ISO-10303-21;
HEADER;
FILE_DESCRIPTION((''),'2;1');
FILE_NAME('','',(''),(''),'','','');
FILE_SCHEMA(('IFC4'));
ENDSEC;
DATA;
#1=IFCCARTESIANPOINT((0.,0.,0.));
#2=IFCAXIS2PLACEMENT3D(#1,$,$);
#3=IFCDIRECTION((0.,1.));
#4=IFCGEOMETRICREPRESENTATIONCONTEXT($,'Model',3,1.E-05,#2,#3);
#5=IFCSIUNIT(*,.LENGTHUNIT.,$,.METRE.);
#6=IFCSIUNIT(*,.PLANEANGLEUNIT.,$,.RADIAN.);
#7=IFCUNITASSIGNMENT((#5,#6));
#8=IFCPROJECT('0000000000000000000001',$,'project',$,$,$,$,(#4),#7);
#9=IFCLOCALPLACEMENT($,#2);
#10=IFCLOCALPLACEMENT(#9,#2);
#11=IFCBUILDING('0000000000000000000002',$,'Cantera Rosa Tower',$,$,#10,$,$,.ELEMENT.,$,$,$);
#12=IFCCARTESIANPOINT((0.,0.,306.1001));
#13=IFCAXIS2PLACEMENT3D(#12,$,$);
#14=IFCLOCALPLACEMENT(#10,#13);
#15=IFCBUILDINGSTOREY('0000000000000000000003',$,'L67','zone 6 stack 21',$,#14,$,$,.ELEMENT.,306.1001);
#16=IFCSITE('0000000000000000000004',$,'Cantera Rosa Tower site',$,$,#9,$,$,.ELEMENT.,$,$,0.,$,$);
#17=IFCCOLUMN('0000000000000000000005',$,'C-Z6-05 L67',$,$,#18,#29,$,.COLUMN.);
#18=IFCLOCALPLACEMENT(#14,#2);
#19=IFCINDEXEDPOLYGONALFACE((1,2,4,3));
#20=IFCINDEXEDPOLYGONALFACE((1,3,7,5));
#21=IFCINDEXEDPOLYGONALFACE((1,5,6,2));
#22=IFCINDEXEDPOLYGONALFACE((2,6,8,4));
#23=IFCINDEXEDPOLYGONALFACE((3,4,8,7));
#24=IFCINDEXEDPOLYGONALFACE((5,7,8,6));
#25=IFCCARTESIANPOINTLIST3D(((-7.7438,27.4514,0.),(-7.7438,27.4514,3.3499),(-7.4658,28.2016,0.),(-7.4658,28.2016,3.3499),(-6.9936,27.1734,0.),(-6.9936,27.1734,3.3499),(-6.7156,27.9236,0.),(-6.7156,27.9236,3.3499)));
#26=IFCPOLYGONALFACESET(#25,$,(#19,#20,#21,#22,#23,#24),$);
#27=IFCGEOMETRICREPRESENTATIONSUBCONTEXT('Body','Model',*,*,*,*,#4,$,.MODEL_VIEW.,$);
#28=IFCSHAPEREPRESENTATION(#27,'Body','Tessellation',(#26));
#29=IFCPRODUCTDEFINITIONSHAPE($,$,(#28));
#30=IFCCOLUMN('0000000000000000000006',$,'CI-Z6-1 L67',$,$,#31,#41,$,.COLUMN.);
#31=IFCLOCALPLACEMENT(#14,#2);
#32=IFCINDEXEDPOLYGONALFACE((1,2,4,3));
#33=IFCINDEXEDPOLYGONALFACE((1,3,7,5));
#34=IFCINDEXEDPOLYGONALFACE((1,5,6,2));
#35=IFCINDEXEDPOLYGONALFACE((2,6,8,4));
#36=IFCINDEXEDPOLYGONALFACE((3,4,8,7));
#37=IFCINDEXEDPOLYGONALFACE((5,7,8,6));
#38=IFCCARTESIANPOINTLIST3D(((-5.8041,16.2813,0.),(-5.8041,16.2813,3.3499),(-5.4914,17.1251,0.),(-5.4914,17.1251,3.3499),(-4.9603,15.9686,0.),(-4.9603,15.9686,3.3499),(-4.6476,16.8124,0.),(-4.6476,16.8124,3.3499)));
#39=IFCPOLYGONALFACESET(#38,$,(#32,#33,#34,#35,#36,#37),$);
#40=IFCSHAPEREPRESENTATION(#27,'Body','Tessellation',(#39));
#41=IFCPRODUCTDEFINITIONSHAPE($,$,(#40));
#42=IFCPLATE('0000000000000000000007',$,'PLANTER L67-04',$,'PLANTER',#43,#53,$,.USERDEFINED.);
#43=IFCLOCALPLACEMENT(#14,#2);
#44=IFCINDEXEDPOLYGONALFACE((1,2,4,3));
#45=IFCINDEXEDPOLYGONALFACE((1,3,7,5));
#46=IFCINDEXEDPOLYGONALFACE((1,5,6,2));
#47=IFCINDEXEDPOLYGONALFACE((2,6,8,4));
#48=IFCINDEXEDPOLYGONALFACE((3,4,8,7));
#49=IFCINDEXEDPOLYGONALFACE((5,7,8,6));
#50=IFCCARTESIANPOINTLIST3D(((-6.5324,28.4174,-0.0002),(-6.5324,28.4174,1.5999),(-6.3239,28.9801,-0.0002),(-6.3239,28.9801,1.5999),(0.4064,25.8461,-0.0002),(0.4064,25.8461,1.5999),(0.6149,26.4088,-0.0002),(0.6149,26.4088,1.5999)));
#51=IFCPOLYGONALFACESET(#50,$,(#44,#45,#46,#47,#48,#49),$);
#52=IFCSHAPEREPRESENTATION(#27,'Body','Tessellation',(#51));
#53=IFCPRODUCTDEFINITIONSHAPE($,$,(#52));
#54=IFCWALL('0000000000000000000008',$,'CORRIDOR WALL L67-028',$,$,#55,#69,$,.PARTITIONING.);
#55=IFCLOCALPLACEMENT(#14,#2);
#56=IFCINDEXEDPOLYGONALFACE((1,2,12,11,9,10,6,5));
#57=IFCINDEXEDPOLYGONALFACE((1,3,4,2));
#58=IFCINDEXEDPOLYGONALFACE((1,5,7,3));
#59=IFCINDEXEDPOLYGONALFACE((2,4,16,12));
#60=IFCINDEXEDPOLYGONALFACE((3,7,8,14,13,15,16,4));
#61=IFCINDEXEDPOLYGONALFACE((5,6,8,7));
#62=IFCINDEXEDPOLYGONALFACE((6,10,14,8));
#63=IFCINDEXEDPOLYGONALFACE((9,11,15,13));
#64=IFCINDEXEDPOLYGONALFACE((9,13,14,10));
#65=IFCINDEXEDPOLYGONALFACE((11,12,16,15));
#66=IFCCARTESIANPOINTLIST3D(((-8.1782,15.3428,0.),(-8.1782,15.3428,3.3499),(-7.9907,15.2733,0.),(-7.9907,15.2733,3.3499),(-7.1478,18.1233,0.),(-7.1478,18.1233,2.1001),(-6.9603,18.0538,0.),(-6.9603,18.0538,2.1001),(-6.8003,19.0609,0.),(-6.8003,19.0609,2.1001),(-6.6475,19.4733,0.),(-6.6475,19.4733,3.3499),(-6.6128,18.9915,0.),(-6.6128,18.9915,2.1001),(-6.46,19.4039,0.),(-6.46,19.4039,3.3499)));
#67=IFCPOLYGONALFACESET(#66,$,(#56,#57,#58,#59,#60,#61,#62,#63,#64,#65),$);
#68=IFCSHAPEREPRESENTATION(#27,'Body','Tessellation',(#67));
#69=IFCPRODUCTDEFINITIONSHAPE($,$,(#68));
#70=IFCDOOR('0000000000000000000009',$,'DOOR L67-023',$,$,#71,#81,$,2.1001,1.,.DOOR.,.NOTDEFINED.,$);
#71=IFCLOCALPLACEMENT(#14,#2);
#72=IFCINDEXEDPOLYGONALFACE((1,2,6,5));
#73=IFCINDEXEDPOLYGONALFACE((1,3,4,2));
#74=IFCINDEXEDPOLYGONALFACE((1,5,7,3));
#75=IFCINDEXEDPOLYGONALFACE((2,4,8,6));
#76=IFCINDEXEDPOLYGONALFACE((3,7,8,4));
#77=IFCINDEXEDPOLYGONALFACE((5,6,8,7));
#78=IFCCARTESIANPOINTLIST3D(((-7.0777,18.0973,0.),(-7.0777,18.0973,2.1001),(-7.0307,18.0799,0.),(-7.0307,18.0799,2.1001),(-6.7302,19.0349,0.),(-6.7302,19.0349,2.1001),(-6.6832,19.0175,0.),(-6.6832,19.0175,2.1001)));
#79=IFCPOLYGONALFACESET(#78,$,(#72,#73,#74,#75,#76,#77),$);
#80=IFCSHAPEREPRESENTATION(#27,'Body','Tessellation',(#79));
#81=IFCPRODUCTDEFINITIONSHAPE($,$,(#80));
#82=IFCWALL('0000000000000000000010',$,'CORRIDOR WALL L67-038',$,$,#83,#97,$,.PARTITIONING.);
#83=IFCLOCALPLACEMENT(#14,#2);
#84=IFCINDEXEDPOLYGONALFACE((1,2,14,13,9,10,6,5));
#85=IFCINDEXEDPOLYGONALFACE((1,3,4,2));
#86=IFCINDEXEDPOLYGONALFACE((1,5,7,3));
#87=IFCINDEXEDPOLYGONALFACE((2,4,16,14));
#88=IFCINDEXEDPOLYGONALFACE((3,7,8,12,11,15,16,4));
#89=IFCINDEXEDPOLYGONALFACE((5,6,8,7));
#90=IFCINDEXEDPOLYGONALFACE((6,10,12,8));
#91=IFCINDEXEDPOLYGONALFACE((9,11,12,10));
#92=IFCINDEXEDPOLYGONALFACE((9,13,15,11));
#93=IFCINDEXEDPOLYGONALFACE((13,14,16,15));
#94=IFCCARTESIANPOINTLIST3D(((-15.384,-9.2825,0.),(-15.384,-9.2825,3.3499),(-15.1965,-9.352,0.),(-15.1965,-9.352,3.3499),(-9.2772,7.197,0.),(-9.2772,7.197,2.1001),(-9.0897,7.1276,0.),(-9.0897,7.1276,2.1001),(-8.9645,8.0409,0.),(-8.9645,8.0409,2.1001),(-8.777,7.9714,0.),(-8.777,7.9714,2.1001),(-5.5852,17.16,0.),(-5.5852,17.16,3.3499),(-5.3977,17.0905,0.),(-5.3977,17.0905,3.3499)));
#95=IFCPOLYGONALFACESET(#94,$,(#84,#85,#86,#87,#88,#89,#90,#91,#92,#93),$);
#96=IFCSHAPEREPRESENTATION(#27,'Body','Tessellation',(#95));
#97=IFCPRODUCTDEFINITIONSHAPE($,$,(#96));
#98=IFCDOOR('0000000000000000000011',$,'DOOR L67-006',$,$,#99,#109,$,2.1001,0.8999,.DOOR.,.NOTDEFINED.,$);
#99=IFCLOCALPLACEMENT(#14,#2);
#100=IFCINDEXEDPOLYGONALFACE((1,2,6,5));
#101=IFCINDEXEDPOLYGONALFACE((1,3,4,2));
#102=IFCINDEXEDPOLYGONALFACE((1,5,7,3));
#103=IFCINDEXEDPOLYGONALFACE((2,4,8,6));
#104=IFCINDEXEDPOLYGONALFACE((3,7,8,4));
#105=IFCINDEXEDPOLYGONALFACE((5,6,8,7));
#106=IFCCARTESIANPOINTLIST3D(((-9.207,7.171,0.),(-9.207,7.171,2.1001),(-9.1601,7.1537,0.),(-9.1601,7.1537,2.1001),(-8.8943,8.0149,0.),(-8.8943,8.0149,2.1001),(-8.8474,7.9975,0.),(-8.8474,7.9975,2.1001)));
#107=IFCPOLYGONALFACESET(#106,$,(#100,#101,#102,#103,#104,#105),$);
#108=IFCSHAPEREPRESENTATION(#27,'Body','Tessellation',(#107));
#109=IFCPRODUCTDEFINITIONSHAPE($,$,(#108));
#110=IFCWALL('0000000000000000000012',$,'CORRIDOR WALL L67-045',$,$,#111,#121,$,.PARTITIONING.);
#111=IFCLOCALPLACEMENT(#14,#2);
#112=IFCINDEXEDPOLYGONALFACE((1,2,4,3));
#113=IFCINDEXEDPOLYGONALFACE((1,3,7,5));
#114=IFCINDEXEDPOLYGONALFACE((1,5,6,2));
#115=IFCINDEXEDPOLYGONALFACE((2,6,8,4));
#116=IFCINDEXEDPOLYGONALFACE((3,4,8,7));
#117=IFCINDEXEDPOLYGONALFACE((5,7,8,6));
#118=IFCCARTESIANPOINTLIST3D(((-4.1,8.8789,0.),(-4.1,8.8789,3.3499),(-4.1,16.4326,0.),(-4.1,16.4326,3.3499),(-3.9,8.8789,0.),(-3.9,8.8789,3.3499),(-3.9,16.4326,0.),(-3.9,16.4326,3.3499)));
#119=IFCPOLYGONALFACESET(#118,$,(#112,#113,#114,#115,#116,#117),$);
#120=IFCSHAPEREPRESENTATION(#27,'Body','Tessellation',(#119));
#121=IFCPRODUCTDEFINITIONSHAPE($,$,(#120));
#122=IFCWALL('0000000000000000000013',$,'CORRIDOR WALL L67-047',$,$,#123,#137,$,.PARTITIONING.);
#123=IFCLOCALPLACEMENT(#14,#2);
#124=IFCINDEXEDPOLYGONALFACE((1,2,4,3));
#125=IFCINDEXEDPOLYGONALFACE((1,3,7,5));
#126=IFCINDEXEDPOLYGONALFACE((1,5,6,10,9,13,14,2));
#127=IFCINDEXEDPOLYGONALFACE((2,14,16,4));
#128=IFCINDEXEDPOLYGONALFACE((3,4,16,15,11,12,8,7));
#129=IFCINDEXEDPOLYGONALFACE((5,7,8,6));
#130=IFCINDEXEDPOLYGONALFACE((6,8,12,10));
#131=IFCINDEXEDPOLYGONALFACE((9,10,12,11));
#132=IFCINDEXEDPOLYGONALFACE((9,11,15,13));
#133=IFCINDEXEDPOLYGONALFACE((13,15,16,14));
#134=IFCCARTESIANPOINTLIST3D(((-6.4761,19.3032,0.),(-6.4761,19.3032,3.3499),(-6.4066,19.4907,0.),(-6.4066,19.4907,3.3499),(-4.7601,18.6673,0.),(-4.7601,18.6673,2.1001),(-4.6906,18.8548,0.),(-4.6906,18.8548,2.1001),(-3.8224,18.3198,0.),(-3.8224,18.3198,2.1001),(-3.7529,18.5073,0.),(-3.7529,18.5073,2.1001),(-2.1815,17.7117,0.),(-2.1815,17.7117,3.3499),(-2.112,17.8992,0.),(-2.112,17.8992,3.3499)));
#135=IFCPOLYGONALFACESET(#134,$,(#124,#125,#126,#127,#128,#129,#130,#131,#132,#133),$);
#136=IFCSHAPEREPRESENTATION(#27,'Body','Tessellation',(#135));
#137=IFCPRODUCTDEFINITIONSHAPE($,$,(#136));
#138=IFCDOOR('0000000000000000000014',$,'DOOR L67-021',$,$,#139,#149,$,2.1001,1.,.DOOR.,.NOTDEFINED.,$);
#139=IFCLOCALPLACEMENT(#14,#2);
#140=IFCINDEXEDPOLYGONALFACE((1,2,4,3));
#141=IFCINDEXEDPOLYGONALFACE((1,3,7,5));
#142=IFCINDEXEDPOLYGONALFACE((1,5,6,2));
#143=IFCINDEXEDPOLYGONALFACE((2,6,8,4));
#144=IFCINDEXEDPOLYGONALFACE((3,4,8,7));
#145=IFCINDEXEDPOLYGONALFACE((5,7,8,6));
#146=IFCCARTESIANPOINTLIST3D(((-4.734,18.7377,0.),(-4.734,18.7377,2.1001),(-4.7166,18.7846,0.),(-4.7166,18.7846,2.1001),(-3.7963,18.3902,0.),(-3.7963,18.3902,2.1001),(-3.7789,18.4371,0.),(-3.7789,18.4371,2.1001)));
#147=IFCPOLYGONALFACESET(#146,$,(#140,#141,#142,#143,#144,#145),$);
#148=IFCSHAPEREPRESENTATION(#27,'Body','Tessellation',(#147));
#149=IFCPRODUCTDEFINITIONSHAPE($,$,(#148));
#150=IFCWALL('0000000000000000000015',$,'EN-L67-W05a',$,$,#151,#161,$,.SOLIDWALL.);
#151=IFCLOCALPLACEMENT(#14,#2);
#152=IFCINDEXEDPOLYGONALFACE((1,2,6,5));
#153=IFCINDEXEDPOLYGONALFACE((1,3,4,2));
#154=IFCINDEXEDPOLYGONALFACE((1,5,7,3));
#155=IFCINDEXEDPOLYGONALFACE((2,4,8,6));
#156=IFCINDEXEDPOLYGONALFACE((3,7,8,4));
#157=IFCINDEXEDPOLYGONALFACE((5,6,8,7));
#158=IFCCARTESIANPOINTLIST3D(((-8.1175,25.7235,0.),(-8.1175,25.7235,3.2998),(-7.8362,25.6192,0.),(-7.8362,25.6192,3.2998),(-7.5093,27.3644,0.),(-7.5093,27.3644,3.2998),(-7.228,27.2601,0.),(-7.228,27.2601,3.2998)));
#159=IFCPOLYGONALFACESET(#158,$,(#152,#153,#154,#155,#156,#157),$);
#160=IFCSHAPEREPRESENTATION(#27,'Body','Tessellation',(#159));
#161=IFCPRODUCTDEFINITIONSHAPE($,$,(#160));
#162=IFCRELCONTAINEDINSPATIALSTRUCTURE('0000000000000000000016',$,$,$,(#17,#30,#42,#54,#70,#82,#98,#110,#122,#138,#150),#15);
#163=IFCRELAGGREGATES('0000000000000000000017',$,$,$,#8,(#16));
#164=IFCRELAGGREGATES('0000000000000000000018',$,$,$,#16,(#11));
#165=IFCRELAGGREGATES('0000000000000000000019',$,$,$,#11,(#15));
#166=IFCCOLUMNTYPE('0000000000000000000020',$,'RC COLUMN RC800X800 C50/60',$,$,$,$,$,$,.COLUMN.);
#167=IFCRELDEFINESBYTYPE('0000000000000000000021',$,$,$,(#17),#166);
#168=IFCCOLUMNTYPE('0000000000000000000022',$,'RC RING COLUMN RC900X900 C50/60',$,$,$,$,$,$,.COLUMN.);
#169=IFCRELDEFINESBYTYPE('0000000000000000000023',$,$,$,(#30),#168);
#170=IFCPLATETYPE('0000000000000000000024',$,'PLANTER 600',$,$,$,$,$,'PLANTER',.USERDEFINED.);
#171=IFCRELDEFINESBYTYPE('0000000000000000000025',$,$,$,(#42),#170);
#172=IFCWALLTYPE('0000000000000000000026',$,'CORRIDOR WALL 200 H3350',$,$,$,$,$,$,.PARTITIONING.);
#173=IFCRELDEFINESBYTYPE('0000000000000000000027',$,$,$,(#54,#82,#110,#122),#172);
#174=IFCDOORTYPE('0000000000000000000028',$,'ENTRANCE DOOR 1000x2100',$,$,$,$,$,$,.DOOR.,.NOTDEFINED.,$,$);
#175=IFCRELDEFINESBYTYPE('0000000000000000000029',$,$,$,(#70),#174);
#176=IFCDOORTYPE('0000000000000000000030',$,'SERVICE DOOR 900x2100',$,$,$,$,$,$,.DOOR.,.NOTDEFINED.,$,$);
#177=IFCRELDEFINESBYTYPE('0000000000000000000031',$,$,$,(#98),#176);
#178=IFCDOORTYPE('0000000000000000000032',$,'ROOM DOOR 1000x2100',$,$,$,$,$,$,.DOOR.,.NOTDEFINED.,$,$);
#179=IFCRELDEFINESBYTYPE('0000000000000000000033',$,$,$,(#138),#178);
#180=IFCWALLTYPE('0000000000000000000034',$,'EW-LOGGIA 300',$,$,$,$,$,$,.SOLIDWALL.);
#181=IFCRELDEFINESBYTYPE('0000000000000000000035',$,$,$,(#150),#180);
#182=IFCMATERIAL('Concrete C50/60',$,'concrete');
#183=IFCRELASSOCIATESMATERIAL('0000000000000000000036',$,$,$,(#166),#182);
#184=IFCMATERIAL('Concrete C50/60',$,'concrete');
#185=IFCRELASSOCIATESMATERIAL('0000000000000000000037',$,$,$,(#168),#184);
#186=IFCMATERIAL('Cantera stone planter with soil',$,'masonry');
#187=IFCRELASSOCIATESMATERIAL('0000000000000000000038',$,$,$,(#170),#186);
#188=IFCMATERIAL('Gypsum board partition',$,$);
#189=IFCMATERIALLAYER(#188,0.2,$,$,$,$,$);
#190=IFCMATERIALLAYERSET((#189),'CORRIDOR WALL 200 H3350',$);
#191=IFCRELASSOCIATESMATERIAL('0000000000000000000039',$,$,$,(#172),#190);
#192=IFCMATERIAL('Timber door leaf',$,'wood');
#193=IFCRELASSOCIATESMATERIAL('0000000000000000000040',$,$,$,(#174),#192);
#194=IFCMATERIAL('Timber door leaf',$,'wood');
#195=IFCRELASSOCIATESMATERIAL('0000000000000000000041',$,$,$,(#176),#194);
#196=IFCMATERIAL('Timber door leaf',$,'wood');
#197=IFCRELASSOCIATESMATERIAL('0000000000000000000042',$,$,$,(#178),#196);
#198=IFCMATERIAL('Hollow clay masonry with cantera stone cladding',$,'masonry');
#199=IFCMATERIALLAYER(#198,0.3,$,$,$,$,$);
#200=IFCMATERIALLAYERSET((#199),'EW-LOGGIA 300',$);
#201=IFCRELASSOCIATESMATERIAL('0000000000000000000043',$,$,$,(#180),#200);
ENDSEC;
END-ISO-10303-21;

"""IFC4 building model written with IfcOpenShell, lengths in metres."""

from ifc_helpers import new_model, si_unit, direction, frame, frame_2d, origin, origin_2d, place, context, subcontext, project, spatial, rectangle, extrude, material, layer, layer_set, material_profile, profile_set, type_object, element, fill, save


model = new_model("IFC4")

# Units and contexts
model_context = context("Model", 3, precision=1e-05, world=origin(), true_north=direction((0.0, 1.0)))
body_context = subcontext(model_context, "Body", "Model", "MODEL_VIEW")
ifc_project = project(units=[si_unit("LENGTHUNIT", "METRE"), si_unit("PLANEANGLEUNIT", "RADIAN")], contexts=[model_context])

# Site, building, storey
site_placement = place(None, origin())
site = spatial("IfcSite", under=ifc_project, at=site_placement, Name="Cantera Rosa Tower site", CompositionType="ELEMENT", RefElevation=0.0)
building_placement = place(site_placement, origin())
building = spatial("IfcBuilding", under=site, at=building_placement, Name="Cantera Rosa Tower", CompositionType="ELEMENT")
storey_placement = place(building_placement, frame((0.0, 0.0, 306.1001)))
storey = spatial("IfcBuildingStorey", under=building, at=storey_placement, Name="L67", Description="zone 6 stack 21", CompositionType="ELEMENT", Elevation=306.1001)

# Columns
ifc_material_1 = material(Name="Concrete C50/60", Category="concrete")
ifc_material_profile_1 = material_profile(ifc_material_1, rectangle(XDim=0.8, YDim=0.8, at=origin_2d()), Name="RC COLUMN RC800X800 C50/60")
ifc_profile_set_1 = profile_set([ifc_material_profile_1], Name="Concrete C50/60")
column_type_1 = type_object("IfcColumnType", Name="RC COLUMN RC800X800 C50/60", PredefinedType="COLUMN", material=ifc_profile_set_1)
column_1_placement = place(storey_placement, frame((-7.2297, 27.6875, 0.0), z_axis=(0.0, 0.0, 1.0), x_axis=(0.347481, 0.937687, 0.0)))
element("IfcColumn", 1, at=column_1_placement, inside=storey, type_object=column_type_1, Name="C-Z6-05 L67", PredefinedType="COLUMN", context=body_context, shape_type="SweptSolid", body=[
    extrude(rectangle(XDim=0.8, YDim=0.8, at=origin_2d()), origin(), (0.0, 0.0, 1.0), 3.3499),
])
ifc_material_2 = material(Name="Concrete C50/60", Category="concrete")
ifc_material_profile_2 = material_profile(ifc_material_2, rectangle(XDim=0.8999, YDim=0.8999, at=origin_2d()), Name="RC RING COLUMN RC900X900 C50/60")
ifc_profile_set_2 = profile_set([ifc_material_profile_2], Name="Concrete C50/60")
column_type_2 = type_object("IfcColumnType", Name="RC RING COLUMN RC900X900 C50/60", PredefinedType="COLUMN", material=ifc_profile_set_2)
column_2_placement = place(storey_placement, frame((-5.2258, 16.5469, 0.0), z_axis=(0.0, 0.0, 1.0), x_axis=(0.347481, 0.937687, 0.0)))
element("IfcColumn", 2, at=column_2_placement, inside=storey, type_object=column_type_2, Name="CI-Z6-1 L67", PredefinedType="COLUMN", context=body_context, shape_type="SweptSolid", body=[
    extrude(rectangle(XDim=0.8999, YDim=0.8999, at=origin_2d()), origin(), (0.0, 0.0, 1.0), 3.3499),
])

# Plate
ifc_material_3 = material(Name="Cantera stone planter with soil", Category="masonry")
plate_type = type_object("IfcPlateType", Name="PLANTER 600", ElementType="PLANTER", PredefinedType="USERDEFINED", material=ifc_material_3)
plate_placement = place(storey_placement, frame((-2.9587, 27.4131, -0.0002), z_axis=(0.0, 0.0, 1.0), x_axis=(-0.937687, 0.347481, 0.0)))
element("IfcPlate", 3, at=plate_placement, inside=storey, type_object=plate_type, Name="PLANTER L67-04", ObjectType="PLANTER", PredefinedType="USERDEFINED", context=body_context, shape_type="SweptSolid", body=[
    extrude(rectangle(XDim=7.3999, YDim=0.6001, at=origin_2d()), origin(), (0.0, 0.0, 1.0), 1.6001),
])

# Walls, openings, doors
ifc_material_4 = material(Name="Gypsum board partition")
ifc_layer_1 = layer(ifc_material_4, 0.2)
ifc_layer_set_1 = layer_set([ifc_layer_1], Name="CORRIDOR WALL 200 H3350")
wall_type_1 = type_object("IfcWallType", Name="CORRIDOR WALL 200 H3350", PredefinedType="PARTITIONING", material=ifc_layer_set_1)
wall_1_placement = place(storey_placement, frame((-6.5537, 19.4387, 0.0), z_axis=(0.0, 0.0, 1.0), x_axis=(-0.347495, -0.937682, 0.0)))
wall_1 = element("IfcWall", 4, at=wall_1_placement, inside=storey, type_object=wall_type_1, Name="CORRIDOR WALL L67-028", PredefinedType="PARTITIONING", context=body_context, shape_type="SweptSolid", body=[
    extrude(rectangle(XDim=4.405, YDim=0.2, at=frame_2d((2.2026, 0.0))), origin(), (0.0, 0.0, 1.0), 3.3499),
])
opening_1_placement = place(wall_1_placement, frame((0.4399, 0.0, 0.0)))
opening_1 = element("IfcOpeningElement", 5, at=opening_1_placement, cuts=wall_1, PredefinedType="OPENING", context=body_context, shape_type="SweptSolid", body=[
    extrude(rectangle(XDim=1.0, YDim=2.1001, at=frame_2d((0.5, 1.05))), frame((0.0, 0.1099, 0.0), z_axis=(0.0, -1.0, 0.0), x_axis=(1.0, 0.0, 0.0)), (0.0, 0.0, 1.0), 0.22),
])
ifc_material_5 = material(Name="Timber door leaf", Category="wood")
door_type_1 = type_object("IfcDoorType", Name="ENTRANCE DOOR 1000x2100", OperationType="NOTDEFINED", PredefinedType="DOOR", material=ifc_material_5)
door_1_placement = place(opening_1_placement, origin())
door_1 = element("IfcDoor", 6, at=door_1_placement, inside=storey, type_object=door_type_1, Name="DOOR L67-023", OperationType="NOTDEFINED", OverallHeight=2.1001, OverallWidth=1.0, PredefinedType="DOOR", context=body_context, shape_type="SweptSolid", body=[
    extrude(rectangle(XDim=1.0, YDim=2.1001, at=frame_2d((0.5, 1.05))), frame((0.0, 0.0249, 0.0), z_axis=(0.0, -1.0, 0.0), x_axis=(1.0, 0.0, 0.0)), (0.0, 0.0, 1.0), 0.05),
])
fill(opening_1, door_1)
wall_2_placement = place(storey_placement, frame((-5.4915, 17.1252, 0.0), z_axis=(0.0, 0.0, 1.0), x_axis=(-0.347478, -0.937688, 0.0)))
wall_2 = element("IfcWall", 7, at=wall_2_placement, inside=storey, type_object=wall_type_1, Name="CORRIDOR WALL L67-038", PredefinedType="PARTITIONING", context=body_context, shape_type="SweptSolid", body=[
    extrude(rectangle(XDim=28.1997, YDim=0.2, at=frame_2d((14.0999, 0.0))), origin(), (0.0, 0.0, 1.0), 3.3499),
])
opening_2_placement = place(wall_2_placement, frame((9.7251, 0.0, 0.0)))
opening_2 = element("IfcOpeningElement", 8, at=opening_2_placement, cuts=wall_2, PredefinedType="OPENING", context=body_context, shape_type="SweptSolid", body=[
    extrude(rectangle(XDim=0.8999, YDim=2.1001, at=frame_2d((0.45, 1.05))), frame((0.0, 0.1099, 0.0), z_axis=(0.0, -1.0, 0.0), x_axis=(1.0, 0.0, 0.0)), (0.0, 0.0, 1.0), 0.22),
])
ifc_material_6 = material(Name="Timber door leaf", Category="wood")
door_type_2 = type_object("IfcDoorType", Name="SERVICE DOOR 900x2100", OperationType="NOTDEFINED", PredefinedType="DOOR", material=ifc_material_6)
door_2_placement = place(opening_2_placement, origin())
door_2 = element("IfcDoor", 9, at=door_2_placement, inside=storey, type_object=door_type_2, Name="DOOR L67-006", OperationType="NOTDEFINED", OverallHeight=2.1001, OverallWidth=0.8999, PredefinedType="DOOR", context=body_context, shape_type="SweptSolid", body=[
    extrude(rectangle(XDim=0.8999, YDim=2.1001, at=frame_2d((0.45, 1.05))), frame((0.0, 0.0249, 0.0), z_axis=(0.0, -1.0, 0.0), x_axis=(1.0, 0.0, 0.0)), (0.0, 0.0, 1.0), 0.05),
])
fill(opening_2, door_2)

# Wall
wall_3_placement = place(storey_placement, frame((-4.0, 16.4326, 0.0), z_axis=(0.0, 0.0, 1.0), x_axis=(0.0, -1.0, 0.0)))
element("IfcWall", 10, at=wall_3_placement, inside=storey, type_object=wall_type_1, Name="CORRIDOR WALL L67-045", PredefinedType="PARTITIONING", context=body_context, shape_type="SweptSolid", body=[
    extrude(rectangle(XDim=7.5537, YDim=0.2, at=frame_2d((3.7769, 0.0))), origin(), (0.0, 0.0, 1.0), 3.3499),
])

# Wall, opening, door
wall_4_placement = place(storey_placement, frame((-2.1467, 17.8054, 0.0), z_axis=(0.0, 0.0, 1.0), x_axis=(-0.937683, 0.347493, 0.0)))
wall_4 = element("IfcWall", 11, at=wall_4_placement, inside=storey, type_object=wall_type_1, Name="CORRIDOR WALL L67-047", PredefinedType="PARTITIONING", context=body_context, shape_type="SweptSolid", body=[
    extrude(rectangle(XDim=4.5801, YDim=0.2, at=frame_2d((2.29, 0.0))), origin(), (0.0, 0.0, 1.0), 3.3499),
])
opening_3_placement = place(wall_4_placement, frame((1.75, 0.0, 0.0)))
opening_3 = element("IfcOpeningElement", 12, at=opening_3_placement, cuts=wall_4, PredefinedType="OPENING", context=body_context, shape_type="SweptSolid", body=[
    extrude(rectangle(XDim=1.0, YDim=2.1001, at=frame_2d((0.5, 1.05))), frame((0.0, 0.1099, 0.0), z_axis=(0.0, -1.0, 0.0), x_axis=(1.0, 0.0, 0.0)), (0.0, 0.0, 1.0), 0.22),
])
ifc_material_7 = material(Name="Timber door leaf", Category="wood")
door_type_3 = type_object("IfcDoorType", Name="ROOM DOOR 1000x2100", OperationType="NOTDEFINED", PredefinedType="DOOR", material=ifc_material_7)
door_3_placement = place(opening_3_placement, origin())
door_3 = element("IfcDoor", 13, at=door_3_placement, inside=storey, type_object=door_type_3, Name="DOOR L67-021", OperationType="NOTDEFINED", OverallHeight=2.1001, OverallWidth=1.0, PredefinedType="DOOR", context=body_context, shape_type="SweptSolid", body=[
    extrude(rectangle(XDim=1.0, YDim=2.1001, at=frame_2d((0.5, 1.05))), frame((0.0, 0.0249, 0.0), z_axis=(0.0, -1.0, 0.0), x_axis=(1.0, 0.0, 0.0)), (0.0, 0.0, 1.0), 0.05),
])
fill(opening_3, door_3)

# Wall
ifc_material_8 = material(Name="Hollow clay masonry with cantera stone cladding", Category="masonry")
ifc_layer_2 = layer(ifc_material_8, 0.3)
ifc_layer_set_2 = layer_set([ifc_layer_2], Name="EW-LOGGIA 300")
wall_type_2 = type_object("IfcWallType", Name="EW-LOGGIA 300", PredefinedType="SOLIDWALL", material=ifc_layer_set_2)
wall_5_placement = place(storey_placement, frame((-7.3687, 27.3123, 0.0), z_axis=(0.0, 0.0, 1.0), x_axis=(-0.347528, -0.93767, 0.0)))
element("IfcWall", 14, at=wall_5_placement, inside=storey, type_object=wall_type_2, Name="EN-L67-W05a", PredefinedType="SOLIDWALL", context=body_context, shape_type="SweptSolid", body=[
    extrude(rectangle(XDim=1.75, YDim=0.3, at=frame_2d((0.875, 0.0))), origin(), (0.0, 0.0, 1.0), 3.2998),
])

save(model, "model.ifc")
